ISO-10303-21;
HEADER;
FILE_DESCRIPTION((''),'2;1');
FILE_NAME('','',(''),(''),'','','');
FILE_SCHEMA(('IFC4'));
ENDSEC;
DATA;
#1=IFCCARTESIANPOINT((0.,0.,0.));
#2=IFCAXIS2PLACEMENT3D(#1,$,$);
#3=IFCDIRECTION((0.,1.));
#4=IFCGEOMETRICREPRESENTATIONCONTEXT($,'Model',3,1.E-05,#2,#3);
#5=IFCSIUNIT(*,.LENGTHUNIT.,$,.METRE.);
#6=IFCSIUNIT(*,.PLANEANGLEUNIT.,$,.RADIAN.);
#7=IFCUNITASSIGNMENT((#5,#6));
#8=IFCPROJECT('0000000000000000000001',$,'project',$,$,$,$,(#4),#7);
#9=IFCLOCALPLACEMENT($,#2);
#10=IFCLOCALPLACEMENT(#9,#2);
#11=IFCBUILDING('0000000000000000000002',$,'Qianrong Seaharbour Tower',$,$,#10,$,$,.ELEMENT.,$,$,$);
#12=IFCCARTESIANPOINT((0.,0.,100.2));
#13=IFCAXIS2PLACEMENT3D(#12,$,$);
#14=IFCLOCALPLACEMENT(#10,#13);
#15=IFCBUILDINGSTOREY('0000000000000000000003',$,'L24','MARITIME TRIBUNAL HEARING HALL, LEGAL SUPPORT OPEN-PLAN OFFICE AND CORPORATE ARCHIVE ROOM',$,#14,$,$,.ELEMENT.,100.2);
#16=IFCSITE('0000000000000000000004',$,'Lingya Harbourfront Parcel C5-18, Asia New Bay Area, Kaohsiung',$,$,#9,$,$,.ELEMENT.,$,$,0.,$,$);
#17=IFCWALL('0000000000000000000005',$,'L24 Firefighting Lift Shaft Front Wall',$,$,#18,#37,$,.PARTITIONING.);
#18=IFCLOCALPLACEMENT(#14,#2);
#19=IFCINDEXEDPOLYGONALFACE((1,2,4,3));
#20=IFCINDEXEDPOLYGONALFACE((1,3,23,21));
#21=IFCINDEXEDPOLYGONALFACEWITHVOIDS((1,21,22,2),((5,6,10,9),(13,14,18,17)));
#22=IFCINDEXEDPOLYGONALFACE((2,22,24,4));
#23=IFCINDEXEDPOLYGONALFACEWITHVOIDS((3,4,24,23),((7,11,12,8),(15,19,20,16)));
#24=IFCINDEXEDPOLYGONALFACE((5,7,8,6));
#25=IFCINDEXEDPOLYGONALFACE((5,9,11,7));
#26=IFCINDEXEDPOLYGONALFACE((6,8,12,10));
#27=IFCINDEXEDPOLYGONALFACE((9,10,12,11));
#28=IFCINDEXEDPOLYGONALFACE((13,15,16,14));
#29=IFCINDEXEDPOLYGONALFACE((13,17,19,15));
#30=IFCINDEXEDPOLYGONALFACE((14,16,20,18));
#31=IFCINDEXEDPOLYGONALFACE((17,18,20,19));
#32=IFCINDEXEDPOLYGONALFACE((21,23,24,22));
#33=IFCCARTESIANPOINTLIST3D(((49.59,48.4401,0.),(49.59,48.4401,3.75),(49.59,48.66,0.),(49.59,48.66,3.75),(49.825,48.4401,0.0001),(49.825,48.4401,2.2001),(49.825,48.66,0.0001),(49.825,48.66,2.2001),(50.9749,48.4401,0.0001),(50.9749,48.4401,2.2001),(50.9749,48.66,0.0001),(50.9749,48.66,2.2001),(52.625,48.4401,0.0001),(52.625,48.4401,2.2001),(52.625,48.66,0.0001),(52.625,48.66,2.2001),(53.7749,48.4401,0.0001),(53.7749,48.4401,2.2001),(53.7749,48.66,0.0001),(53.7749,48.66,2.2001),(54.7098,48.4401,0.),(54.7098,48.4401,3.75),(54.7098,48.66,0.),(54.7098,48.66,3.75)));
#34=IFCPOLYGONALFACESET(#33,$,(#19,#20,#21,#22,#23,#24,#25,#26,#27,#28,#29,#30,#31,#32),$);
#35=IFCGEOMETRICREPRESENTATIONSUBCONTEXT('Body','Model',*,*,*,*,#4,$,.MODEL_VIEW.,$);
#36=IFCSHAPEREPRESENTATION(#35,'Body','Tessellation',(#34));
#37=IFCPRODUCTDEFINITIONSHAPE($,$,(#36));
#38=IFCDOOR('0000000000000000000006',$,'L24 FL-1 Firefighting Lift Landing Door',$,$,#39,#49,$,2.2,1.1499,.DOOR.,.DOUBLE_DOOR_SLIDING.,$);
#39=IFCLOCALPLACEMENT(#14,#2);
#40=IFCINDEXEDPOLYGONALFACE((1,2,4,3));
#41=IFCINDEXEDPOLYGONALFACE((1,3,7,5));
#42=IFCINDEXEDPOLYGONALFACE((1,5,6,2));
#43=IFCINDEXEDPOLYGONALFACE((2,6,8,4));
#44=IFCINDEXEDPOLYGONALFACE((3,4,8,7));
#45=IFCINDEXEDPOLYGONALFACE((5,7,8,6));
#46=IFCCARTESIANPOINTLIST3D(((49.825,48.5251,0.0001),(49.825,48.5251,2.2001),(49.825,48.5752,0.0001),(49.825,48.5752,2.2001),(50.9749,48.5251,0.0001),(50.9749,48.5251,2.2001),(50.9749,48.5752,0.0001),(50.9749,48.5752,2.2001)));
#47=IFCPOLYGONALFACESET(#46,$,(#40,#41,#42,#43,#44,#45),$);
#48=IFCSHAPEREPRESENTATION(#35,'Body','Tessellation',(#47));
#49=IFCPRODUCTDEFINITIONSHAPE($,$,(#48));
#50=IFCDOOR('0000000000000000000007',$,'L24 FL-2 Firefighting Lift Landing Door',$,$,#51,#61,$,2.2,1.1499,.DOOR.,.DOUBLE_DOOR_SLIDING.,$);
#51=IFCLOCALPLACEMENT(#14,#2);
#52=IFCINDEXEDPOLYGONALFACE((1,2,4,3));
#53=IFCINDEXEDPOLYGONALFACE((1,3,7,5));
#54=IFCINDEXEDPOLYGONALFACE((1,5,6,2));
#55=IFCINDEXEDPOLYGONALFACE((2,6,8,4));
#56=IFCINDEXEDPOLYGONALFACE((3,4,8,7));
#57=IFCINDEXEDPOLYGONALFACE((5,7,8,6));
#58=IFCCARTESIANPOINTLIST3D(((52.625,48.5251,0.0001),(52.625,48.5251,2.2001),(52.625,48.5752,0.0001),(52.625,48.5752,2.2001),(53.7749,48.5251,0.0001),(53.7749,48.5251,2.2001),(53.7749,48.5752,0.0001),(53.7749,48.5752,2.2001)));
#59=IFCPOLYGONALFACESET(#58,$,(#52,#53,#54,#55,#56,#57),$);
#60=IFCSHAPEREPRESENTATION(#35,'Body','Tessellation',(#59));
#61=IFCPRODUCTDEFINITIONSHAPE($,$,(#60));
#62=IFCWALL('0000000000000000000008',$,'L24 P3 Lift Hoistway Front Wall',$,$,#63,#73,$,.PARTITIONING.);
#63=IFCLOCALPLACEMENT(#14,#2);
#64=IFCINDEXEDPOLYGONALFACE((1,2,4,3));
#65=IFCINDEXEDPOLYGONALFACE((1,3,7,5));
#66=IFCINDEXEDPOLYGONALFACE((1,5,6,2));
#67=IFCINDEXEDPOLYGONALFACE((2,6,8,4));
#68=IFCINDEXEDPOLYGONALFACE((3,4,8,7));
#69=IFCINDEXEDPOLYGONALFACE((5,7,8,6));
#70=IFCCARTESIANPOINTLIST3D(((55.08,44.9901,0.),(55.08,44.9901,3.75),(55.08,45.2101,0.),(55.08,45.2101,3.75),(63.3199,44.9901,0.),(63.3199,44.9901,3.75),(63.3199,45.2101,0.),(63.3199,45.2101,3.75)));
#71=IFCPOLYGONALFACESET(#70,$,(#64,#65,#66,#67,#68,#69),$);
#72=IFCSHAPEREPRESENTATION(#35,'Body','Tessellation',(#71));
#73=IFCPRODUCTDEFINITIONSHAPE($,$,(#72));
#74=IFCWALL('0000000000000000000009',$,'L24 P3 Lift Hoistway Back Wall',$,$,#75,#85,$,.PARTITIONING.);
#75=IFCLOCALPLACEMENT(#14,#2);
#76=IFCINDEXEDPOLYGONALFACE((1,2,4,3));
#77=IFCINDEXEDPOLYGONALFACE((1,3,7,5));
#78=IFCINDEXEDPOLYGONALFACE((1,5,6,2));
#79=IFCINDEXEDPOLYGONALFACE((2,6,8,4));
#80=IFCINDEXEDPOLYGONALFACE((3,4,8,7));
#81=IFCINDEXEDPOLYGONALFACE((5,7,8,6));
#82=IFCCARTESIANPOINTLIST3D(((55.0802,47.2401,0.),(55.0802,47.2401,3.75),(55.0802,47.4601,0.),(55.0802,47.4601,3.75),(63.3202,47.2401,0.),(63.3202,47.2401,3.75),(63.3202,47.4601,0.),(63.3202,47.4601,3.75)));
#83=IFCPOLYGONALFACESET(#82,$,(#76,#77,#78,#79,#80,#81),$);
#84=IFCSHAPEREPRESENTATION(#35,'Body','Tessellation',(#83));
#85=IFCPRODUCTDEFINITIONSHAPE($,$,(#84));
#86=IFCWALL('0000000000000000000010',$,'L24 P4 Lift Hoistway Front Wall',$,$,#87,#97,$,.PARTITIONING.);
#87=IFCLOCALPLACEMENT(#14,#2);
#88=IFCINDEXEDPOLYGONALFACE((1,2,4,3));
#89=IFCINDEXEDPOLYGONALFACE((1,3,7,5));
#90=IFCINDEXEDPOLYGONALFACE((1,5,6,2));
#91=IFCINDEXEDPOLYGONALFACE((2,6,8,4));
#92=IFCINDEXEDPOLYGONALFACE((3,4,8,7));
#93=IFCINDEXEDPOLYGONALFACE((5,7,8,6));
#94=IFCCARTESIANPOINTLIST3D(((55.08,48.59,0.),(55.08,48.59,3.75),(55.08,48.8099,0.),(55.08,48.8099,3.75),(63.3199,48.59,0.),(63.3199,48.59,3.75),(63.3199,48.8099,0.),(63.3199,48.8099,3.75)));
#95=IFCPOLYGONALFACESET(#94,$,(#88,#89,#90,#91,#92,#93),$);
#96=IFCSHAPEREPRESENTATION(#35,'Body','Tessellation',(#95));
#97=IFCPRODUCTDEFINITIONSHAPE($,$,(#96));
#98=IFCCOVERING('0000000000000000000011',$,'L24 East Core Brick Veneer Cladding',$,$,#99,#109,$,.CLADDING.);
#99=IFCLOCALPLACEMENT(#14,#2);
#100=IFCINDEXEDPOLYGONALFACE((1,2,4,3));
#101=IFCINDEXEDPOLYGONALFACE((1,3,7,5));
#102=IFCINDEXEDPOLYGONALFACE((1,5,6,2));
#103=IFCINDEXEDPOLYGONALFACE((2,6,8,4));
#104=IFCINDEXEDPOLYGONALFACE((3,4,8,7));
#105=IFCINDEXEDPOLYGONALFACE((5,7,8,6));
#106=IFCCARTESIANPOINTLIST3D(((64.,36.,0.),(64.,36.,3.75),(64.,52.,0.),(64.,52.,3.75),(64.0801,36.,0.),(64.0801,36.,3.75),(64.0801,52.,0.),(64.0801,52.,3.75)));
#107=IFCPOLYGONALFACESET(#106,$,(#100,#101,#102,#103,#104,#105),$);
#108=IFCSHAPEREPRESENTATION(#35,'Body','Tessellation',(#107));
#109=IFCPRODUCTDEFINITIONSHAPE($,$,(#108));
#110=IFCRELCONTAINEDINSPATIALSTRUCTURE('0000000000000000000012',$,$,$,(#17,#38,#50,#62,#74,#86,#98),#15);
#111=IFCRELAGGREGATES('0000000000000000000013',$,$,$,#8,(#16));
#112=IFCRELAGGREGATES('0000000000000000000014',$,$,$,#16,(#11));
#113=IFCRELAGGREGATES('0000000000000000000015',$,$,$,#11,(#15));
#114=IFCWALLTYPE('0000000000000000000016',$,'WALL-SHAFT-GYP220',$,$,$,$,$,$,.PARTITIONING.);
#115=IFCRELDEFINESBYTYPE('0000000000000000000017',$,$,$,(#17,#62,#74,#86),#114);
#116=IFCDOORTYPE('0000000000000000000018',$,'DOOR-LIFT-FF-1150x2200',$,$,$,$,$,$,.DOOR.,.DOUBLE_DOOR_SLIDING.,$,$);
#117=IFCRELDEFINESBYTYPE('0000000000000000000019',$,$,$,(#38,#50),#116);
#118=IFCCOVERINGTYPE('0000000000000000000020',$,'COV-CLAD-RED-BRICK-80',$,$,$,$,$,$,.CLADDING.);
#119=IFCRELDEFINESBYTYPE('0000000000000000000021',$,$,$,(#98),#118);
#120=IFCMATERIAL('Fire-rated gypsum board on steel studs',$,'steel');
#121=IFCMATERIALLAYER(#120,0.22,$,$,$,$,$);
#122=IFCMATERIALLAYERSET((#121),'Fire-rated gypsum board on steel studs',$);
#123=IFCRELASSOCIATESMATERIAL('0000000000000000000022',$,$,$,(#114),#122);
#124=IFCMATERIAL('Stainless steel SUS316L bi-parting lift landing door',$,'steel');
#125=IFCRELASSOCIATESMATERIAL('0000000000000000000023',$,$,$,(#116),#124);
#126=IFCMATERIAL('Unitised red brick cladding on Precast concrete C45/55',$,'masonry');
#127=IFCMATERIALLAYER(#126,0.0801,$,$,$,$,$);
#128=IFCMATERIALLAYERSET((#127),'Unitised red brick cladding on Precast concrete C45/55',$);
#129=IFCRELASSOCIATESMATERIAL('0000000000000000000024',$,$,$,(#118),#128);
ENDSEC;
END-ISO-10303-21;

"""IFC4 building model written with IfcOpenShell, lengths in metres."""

from ifc_helpers import new_model, si_unit, direction, frame, frame_2d, origin, origin_2d, place, context, subcontext, project, spatial, rectangle, extrude, material, layer, layer_set, type_object, element, fill, save


model = new_model("IFC4")

# Units and contexts
model_context = context("Model", 3, precision=1e-05, world=origin(), true_north=direction((0.0, 1.0)))
body_context = subcontext(model_context, "Body", "Model", "MODEL_VIEW")
ifc_project = project(units=[si_unit("LENGTHUNIT", "METRE"), si_unit("PLANEANGLEUNIT", "RADIAN")], contexts=[model_context])

# Site, building, storey
site_placement = place(None, origin())
site = spatial("IfcSite", under=ifc_project, at=site_placement, Name="Lingya Harbourfront Parcel C5-18, Asia New Bay Area, Kaohsiung", CompositionType="ELEMENT", RefElevation=0.0)
building_placement = place(site_placement, origin())
building = spatial("IfcBuilding", under=site, at=building_placement, Name="Qianrong Seaharbour Tower", CompositionType="ELEMENT")
storey_placement = place(building_placement, frame((0.0, 0.0, 100.2)))
storey = spatial("IfcBuildingStorey", under=building, at=storey_placement, Name="L24", Description="MARITIME TRIBUNAL HEARING HALL, LEGAL SUPPORT OPEN-PLAN OFFICE AND CORPORATE ARCHIVE ROOM", CompositionType="ELEMENT", Elevation=100.2)

# Shared definitions
ifc_material_1 = material(Name="Fire-rated gypsum board on steel studs", Category="steel")

# Wall, openings, doors
ifc_layer_1 = layer(ifc_material_1, 0.22)
ifc_layer_set_1 = layer_set([ifc_layer_1], Name="Fire-rated gypsum board on steel studs")
wall_type_1 = type_object("IfcWallType", Name="WALL-SHAFT-GYP220", PredefinedType="PARTITIONING", material=ifc_layer_set_1)
wall_1_placement = place(storey_placement, frame((54.71, 48.55, 0.0), z_axis=(0.0, 0.0, 1.0), x_axis=(-1.0, 0.0, 0.0)))
wall_1 = element("IfcWall", 1, at=wall_1_placement, inside=storey, type_object=wall_type_1, Name="L24 Firefighting Lift Shaft Front Wall", PredefinedType="PARTITIONING", context=body_context, shape_type="SweptSolid", body=[
    extrude(rectangle(XDim=5.1199, YDim=0.22, at=frame_2d((2.5601, 0.0))), origin(), (0.0, 0.0, 1.0), 3.75),
])
opening_1_placement = place(wall_1_placement, frame((3.7351, 0.0, 0.0)))
opening_1 = element("IfcOpeningElement", 2, at=opening_1_placement, cuts=wall_1, PredefinedType="OPENING", context=body_context, shape_type="SweptSolid", body=[
    extrude(rectangle(XDim=1.1499, YDim=2.2, at=frame_2d((0.575, 1.1001))), frame((0.0, 0.1201, 0.0), z_axis=(0.0, -1.0, 0.0), x_axis=(1.0, 0.0, 0.0)), (0.0, 0.0, 1.0), 0.24),
])
opening_2_placement = place(wall_1_placement, frame((0.9351, 0.0, 0.0)))
opening_2 = element("IfcOpeningElement", 3, at=opening_2_placement, cuts=wall_1, PredefinedType="OPENING", context=body_context, shape_type="SweptSolid", body=[
    extrude(rectangle(XDim=1.1499, YDim=2.2, at=frame_2d((0.575, 1.1001))), frame((0.0, 0.1201, 0.0), z_axis=(0.0, -1.0, 0.0), x_axis=(1.0, 0.0, 0.0)), (0.0, 0.0, 1.0), 0.24),
])
ifc_material_2 = material(Name="Stainless steel SUS316L bi-parting lift landing door", Category="steel")
door_type_1 = type_object("IfcDoorType", Name="DOOR-LIFT-FF-1150x2200", OperationType="DOUBLE_DOOR_SLIDING", PredefinedType="DOOR", material=ifc_material_2)
door_1_placement = place(opening_1_placement, origin())
door_1 = element("IfcDoor", 4, at=door_1_placement, inside=storey, type_object=door_type_1, Name="L24 FL-1 Firefighting Lift Landing Door", OperationType="DOUBLE_DOOR_SLIDING", OverallHeight=2.2, OverallWidth=1.1499, PredefinedType="DOOR", context=body_context, shape_type="SweptSolid", body=[
    extrude(rectangle(XDim=1.1499, YDim=2.2, at=frame_2d((0.575, 1.1001))), frame((0.0, 0.0249, 0.0), z_axis=(0.0, -1.0, 0.0), x_axis=(1.0, 0.0, 0.0)), (0.0, 0.0, 1.0), 0.05),
])
fill(opening_1, door_1)
door_2_placement = place(opening_2_placement, origin())
door_2 = element("IfcDoor", 5, at=door_2_placement, inside=storey, type_object=door_type_1, Name="L24 FL-2 Firefighting Lift Landing Door", OperationType="DOUBLE_DOOR_SLIDING", OverallHeight=2.2, OverallWidth=1.1499, PredefinedType="DOOR", context=body_context, shape_type="SweptSolid", body=[
    extrude(rectangle(XDim=1.1499, YDim=2.2, at=frame_2d((0.575, 1.1001))), frame((0.0, 0.0249, 0.0), z_axis=(0.0, -1.0, 0.0), x_axis=(1.0, 0.0, 0.0)), (0.0, 0.0, 1.0), 0.05),
])
fill(opening_2, door_2)

# Walls
for number, where, z_axis, x_axis, name in (
    (6, (63.3201, 45.1001, 0.0), (0.0, 0.0, 1.0), (-1.0, 0.0, 0.0), "L24 P3 Lift Hoistway Front Wall"),
    (7, (55.0801, 47.3501, 0.0), (0.0, 0.0, 1.0), (1.0, 0.0, 0.0), "L24 P3 Lift Hoistway Back Wall"),
    (8, (63.3201, 48.7, 0.0), (0.0, 0.0, 1.0), (-1.0, 0.0, 0.0), "L24 P4 Lift Hoistway Front Wall"),
):
    element("IfcWall", number, at=place(storey_placement, frame(where, z_axis=z_axis, x_axis=x_axis)), inside=storey, type_object=wall_type_1, Name=name, PredefinedType="PARTITIONING", context=body_context, shape_type="SweptSolid", body=[
        extrude(rectangle(XDim=8.24, YDim=0.22, at=frame_2d((4.1201, 0.0))), origin(), (0.0, 0.0, 1.0), 3.75),
    ])

# Covering
ifc_material_3 = material(Name="Unitised red brick cladding on Precast concrete C45/55", Category="masonry")
ifc_layer_2 = layer(ifc_material_3, 0.0801)
ifc_layer_set_2 = layer_set([ifc_layer_2], Name="Unitised red brick cladding on Precast concrete C45/55")
covering_type = type_object("IfcCoveringType", Name="COV-CLAD-RED-BRICK-80", PredefinedType="CLADDING", material=ifc_layer_set_2)
covering_placement = place(storey_placement, frame((64.04, 44.0, 0.0), z_axis=(0.0, 0.0, 1.0), x_axis=(1.0, 0.0, 0.0)))
element("IfcCovering", 9, at=covering_placement, inside=storey, type_object=covering_type, Name="L24 East Core Brick Veneer Cladding", PredefinedType="CLADDING", context=body_context, shape_type="SweptSolid", body=[
    extrude(rectangle(XDim=0.0801, YDim=16.0, at=origin_2d()), origin(), (0.0, 0.0, 1.0), 3.75),
])

save(model, "model.ifc")
